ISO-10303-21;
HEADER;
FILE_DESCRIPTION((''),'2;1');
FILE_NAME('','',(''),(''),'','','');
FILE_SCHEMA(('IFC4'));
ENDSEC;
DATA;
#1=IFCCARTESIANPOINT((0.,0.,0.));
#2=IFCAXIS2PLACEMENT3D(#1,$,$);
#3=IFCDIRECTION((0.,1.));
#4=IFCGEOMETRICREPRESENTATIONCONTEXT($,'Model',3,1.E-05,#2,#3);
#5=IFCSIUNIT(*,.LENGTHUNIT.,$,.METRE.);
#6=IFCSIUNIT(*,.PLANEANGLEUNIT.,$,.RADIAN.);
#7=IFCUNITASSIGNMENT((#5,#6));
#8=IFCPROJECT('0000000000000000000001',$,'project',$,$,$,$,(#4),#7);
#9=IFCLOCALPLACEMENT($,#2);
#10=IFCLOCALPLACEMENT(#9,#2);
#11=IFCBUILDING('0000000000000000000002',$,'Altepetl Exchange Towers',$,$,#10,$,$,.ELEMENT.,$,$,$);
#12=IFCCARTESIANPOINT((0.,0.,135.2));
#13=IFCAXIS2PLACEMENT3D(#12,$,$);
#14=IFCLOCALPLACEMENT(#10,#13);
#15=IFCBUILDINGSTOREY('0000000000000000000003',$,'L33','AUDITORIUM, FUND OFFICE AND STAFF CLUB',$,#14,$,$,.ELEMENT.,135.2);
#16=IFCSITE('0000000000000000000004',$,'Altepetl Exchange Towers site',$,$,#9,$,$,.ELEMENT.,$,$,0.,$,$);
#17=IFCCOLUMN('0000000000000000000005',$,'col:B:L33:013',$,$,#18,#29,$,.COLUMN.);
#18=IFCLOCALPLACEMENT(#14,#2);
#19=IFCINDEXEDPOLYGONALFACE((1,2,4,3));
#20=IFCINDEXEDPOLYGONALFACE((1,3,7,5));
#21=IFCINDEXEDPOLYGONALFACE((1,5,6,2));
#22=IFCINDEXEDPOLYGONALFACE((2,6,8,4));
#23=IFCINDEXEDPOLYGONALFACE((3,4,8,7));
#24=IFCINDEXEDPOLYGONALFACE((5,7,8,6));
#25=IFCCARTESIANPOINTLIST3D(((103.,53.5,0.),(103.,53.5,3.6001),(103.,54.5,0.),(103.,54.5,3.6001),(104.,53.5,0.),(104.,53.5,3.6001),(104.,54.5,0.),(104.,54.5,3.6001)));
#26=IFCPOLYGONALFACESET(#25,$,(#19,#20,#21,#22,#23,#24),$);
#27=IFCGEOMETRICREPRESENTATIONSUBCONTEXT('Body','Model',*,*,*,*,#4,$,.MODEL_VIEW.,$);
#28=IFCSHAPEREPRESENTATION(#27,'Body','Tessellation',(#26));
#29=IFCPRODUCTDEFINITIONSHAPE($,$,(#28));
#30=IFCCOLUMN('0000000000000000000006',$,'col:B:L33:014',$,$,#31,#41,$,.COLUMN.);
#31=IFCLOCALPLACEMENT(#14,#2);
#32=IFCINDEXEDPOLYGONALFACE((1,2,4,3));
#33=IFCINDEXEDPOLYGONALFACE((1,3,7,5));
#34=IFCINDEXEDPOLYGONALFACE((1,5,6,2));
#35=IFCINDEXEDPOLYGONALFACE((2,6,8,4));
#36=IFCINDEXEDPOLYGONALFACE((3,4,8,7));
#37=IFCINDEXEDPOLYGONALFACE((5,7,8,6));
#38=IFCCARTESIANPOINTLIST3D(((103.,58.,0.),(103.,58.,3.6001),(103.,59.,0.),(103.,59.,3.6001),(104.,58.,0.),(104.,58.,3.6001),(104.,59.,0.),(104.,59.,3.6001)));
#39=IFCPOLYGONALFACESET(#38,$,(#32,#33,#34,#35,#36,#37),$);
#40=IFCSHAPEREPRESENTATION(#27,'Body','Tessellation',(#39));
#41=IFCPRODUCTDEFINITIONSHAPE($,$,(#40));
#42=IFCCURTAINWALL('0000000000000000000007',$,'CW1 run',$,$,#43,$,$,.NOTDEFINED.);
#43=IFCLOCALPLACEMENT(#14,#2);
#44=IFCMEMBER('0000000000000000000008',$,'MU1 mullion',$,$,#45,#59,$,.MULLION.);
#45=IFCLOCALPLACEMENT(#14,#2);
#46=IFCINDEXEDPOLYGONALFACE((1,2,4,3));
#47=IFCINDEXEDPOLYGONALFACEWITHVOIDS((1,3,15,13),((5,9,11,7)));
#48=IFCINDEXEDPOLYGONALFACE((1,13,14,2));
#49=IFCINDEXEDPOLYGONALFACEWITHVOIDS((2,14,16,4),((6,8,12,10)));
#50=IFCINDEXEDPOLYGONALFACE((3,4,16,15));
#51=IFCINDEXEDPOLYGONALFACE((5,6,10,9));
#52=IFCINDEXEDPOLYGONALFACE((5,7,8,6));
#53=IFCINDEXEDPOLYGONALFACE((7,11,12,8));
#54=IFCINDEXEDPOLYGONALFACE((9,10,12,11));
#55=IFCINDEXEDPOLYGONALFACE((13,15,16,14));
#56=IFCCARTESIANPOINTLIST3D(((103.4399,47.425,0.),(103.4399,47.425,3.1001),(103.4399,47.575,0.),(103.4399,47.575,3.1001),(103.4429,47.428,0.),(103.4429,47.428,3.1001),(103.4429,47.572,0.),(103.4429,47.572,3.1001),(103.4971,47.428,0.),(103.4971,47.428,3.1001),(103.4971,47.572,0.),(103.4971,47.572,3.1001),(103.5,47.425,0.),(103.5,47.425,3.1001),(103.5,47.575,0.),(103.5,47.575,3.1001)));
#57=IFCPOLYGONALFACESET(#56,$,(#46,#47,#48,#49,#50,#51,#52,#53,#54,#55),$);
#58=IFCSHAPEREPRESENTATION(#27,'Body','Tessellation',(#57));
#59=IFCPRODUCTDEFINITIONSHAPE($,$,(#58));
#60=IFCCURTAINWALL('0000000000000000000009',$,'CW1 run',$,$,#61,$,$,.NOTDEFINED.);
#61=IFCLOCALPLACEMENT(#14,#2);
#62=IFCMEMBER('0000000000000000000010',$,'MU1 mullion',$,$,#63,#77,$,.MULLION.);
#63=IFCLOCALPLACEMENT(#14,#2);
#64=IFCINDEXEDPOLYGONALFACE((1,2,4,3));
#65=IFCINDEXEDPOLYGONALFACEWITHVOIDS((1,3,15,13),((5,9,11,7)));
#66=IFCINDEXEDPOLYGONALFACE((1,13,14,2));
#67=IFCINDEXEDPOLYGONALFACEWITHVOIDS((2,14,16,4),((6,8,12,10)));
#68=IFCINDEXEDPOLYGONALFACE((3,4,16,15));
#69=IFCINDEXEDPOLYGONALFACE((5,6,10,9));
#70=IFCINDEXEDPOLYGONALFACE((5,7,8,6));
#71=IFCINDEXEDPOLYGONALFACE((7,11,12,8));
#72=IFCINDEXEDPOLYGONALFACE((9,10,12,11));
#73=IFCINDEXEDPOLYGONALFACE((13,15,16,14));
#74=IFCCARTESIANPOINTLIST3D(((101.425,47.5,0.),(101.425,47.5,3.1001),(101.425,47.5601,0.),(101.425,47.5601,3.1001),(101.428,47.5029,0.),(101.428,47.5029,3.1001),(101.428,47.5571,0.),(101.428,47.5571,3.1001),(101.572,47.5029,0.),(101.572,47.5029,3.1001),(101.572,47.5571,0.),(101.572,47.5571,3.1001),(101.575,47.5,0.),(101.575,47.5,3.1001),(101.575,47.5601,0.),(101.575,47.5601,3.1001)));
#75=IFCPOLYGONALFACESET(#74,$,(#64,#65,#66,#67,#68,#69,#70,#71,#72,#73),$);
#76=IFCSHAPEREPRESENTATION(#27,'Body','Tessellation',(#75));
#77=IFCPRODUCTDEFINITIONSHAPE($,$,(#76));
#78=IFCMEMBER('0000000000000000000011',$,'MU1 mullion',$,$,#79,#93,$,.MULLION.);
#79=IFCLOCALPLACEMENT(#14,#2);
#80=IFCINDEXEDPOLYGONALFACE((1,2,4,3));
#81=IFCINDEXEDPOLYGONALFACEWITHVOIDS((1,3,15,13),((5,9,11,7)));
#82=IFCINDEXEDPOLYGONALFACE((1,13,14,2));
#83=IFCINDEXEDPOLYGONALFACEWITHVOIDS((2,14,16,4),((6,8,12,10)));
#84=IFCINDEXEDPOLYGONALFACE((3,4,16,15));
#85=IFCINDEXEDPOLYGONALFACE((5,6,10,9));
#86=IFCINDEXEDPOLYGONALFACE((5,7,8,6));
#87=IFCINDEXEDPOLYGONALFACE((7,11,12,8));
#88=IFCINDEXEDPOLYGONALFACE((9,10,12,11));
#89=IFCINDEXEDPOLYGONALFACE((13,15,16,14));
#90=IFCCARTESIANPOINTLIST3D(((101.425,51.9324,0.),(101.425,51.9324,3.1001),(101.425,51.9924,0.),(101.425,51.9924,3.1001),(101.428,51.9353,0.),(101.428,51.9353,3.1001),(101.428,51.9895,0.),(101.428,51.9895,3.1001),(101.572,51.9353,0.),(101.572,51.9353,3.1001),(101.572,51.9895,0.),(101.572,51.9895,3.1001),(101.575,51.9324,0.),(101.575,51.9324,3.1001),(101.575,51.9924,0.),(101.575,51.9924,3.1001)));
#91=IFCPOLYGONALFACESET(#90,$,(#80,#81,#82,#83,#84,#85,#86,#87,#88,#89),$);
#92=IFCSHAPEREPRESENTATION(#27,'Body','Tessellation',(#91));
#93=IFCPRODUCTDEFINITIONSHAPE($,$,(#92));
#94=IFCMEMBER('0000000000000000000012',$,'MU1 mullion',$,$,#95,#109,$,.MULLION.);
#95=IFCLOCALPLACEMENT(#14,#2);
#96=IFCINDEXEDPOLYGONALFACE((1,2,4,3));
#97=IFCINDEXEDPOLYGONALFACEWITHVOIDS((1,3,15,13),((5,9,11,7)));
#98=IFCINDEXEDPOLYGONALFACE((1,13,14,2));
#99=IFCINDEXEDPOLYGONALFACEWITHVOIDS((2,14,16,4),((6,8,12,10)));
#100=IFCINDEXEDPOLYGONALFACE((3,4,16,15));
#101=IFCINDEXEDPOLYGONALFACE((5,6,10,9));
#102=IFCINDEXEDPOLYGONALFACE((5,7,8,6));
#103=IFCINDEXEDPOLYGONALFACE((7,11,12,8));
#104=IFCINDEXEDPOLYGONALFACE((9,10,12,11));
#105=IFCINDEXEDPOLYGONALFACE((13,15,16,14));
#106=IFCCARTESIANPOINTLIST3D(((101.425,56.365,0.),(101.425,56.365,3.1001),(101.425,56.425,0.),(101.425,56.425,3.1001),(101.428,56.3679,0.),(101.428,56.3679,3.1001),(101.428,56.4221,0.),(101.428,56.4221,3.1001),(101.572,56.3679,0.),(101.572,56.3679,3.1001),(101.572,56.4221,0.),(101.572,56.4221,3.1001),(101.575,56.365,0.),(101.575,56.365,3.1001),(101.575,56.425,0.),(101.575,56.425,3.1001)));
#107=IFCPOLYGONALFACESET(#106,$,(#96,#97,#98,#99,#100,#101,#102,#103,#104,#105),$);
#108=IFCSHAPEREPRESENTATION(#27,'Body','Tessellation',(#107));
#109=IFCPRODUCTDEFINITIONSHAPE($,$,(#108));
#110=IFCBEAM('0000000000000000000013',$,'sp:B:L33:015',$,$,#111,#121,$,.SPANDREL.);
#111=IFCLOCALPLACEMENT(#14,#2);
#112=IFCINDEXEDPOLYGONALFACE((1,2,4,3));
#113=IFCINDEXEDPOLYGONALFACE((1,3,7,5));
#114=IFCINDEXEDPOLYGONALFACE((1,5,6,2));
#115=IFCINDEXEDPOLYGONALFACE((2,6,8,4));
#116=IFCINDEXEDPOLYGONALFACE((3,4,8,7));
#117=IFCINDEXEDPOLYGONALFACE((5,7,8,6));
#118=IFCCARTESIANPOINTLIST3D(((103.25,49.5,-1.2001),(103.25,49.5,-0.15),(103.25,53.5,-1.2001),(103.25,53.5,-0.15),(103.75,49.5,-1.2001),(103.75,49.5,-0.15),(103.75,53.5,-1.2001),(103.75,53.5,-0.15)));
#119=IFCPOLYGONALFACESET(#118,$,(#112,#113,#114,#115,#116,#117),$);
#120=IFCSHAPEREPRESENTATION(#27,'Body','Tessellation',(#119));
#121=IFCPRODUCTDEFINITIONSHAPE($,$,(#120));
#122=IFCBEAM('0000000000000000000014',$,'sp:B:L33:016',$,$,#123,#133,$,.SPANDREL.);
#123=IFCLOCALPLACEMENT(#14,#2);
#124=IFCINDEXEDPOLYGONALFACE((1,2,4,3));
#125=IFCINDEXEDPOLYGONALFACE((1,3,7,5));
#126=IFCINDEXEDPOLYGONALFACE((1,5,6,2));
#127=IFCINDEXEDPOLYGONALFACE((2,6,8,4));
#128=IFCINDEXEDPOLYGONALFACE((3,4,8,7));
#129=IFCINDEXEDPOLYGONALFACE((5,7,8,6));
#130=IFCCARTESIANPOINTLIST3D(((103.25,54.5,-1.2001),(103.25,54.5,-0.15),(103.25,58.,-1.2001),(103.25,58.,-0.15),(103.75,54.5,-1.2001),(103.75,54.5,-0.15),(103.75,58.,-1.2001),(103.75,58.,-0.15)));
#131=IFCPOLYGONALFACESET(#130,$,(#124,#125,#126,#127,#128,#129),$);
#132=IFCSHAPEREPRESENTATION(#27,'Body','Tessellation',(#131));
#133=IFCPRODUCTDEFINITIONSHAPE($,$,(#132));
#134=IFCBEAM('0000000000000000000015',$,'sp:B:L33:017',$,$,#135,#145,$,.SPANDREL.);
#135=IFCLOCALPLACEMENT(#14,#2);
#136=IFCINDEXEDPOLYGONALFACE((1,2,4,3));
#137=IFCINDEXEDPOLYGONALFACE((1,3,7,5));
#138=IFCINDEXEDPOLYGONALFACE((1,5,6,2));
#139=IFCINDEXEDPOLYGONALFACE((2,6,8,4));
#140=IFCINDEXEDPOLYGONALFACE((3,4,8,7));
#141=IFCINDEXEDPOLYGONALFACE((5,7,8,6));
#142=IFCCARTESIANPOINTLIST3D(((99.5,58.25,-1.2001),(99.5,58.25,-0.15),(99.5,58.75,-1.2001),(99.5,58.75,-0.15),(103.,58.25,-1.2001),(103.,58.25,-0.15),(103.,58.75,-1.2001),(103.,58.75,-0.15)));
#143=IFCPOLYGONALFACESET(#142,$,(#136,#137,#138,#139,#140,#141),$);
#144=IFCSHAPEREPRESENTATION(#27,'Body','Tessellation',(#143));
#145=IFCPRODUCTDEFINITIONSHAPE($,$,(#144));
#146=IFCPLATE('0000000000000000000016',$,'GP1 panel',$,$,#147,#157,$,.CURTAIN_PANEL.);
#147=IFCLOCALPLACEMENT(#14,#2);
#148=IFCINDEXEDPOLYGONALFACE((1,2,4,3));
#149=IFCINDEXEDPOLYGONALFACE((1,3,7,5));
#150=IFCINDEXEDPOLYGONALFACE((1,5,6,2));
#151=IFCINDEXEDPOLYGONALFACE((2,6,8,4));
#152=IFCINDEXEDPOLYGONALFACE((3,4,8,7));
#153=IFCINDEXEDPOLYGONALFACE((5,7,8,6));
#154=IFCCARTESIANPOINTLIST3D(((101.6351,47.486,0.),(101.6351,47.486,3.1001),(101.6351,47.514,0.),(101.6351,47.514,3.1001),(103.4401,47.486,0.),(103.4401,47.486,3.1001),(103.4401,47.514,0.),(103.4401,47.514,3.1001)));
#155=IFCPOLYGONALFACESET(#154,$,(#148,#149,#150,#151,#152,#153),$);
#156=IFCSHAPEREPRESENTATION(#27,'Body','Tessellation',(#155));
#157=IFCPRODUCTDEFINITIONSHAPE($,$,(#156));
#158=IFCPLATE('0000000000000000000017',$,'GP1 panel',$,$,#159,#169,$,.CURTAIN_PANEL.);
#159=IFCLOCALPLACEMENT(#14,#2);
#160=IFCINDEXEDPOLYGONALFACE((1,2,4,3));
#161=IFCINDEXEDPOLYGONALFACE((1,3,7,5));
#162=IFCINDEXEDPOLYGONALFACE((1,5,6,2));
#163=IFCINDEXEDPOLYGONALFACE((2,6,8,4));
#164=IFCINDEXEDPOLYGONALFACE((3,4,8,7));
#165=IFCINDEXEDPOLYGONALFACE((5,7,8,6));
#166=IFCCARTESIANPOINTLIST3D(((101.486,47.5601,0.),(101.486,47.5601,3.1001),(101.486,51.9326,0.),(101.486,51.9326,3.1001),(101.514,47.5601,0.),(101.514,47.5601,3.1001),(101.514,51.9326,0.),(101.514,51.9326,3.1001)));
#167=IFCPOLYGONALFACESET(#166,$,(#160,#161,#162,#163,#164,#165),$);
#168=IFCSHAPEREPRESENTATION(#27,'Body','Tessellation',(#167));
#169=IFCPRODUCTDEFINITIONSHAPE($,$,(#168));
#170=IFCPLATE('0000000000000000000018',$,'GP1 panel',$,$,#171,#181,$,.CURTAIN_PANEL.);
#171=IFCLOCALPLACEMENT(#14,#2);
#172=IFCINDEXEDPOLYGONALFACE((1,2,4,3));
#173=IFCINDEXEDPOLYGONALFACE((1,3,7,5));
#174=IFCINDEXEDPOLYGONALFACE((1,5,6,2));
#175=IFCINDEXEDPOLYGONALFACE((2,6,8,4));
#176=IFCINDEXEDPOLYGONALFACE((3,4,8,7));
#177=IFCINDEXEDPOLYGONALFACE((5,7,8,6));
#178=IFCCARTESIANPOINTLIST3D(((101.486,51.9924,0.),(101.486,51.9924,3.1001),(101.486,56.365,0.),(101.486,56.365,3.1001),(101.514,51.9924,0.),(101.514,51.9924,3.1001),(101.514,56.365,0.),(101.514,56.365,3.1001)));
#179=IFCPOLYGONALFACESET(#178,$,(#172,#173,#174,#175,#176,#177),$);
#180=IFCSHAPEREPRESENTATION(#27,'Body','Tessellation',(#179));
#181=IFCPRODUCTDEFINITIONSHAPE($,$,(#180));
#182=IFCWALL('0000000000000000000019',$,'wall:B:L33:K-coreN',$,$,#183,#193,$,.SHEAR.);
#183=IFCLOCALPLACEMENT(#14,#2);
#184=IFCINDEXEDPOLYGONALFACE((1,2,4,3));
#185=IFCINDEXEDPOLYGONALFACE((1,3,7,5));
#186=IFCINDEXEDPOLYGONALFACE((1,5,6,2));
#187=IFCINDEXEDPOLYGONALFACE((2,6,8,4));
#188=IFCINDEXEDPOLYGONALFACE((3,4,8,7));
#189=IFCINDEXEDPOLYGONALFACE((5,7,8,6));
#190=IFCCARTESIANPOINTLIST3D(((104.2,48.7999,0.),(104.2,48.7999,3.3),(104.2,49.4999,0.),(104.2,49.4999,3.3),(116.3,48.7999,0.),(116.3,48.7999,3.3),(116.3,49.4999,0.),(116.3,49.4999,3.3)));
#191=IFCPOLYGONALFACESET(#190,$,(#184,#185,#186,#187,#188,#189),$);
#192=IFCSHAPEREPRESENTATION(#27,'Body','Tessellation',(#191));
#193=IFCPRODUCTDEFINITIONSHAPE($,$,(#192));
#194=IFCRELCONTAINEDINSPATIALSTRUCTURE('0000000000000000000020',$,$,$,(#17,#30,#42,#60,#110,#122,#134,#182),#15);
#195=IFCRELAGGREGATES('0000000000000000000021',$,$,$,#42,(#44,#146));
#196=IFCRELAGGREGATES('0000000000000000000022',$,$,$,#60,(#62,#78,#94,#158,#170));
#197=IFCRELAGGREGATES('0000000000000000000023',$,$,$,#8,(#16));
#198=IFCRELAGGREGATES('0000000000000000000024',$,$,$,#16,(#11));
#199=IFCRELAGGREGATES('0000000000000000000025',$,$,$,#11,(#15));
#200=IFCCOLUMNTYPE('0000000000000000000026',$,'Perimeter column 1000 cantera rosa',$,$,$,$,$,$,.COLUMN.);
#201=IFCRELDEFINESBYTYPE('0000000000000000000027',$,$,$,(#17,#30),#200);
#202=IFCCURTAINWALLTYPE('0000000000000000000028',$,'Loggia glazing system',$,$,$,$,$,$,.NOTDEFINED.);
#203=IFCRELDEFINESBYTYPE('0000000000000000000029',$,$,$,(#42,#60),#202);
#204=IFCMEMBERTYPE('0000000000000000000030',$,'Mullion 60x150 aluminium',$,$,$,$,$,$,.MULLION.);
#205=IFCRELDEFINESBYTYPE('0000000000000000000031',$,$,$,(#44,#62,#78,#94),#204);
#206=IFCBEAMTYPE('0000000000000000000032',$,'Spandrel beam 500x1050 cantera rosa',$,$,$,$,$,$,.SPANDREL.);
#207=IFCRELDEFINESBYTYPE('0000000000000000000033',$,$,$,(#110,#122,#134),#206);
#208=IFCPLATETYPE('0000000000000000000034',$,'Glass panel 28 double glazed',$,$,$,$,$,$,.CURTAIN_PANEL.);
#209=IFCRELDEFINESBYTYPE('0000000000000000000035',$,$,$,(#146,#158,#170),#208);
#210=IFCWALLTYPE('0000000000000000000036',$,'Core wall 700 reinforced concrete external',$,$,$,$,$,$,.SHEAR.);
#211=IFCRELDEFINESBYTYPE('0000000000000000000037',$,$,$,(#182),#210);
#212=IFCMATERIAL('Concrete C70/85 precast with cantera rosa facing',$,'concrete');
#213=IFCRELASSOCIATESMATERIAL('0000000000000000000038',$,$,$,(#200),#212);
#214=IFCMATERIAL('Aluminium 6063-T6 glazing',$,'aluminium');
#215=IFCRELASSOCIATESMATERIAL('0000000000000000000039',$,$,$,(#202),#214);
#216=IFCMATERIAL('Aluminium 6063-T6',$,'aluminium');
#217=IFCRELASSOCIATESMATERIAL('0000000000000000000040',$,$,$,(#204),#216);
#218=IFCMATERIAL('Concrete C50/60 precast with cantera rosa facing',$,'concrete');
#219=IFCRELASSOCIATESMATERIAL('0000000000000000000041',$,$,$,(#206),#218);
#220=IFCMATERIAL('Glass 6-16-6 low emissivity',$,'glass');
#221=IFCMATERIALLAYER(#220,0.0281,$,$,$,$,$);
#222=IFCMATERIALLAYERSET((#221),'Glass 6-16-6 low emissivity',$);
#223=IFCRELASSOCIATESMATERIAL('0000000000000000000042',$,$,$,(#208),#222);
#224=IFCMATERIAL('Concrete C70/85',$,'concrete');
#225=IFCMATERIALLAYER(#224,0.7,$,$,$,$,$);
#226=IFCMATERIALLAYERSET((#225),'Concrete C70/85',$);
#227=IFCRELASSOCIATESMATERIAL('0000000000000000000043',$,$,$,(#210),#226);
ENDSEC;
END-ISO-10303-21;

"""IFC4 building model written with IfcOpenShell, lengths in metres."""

from ifc_helpers import new_model, si_unit, direction, frame, frame_2d, origin, origin_2d, place, context, subcontext, project, spatial, rectangle, hollow_rectangle, extrude, material, layer, layer_set, material_profile, profile_set, type_object, element, aggregate, save


model = new_model("IFC4")

# Units and contexts
model_context = context("Model", 3, precision=1e-05, world=origin(), true_north=direction((0.0, 1.0)))
body_context = subcontext(model_context, "Body", "Model", "MODEL_VIEW")
ifc_project = project(units=[si_unit("LENGTHUNIT", "METRE"), si_unit("PLANEANGLEUNIT", "RADIAN")], contexts=[model_context])

# Site, building, storey
site_placement = place(None, origin())
site = spatial("IfcSite", under=ifc_project, at=site_placement, Name="Altepetl Exchange Towers site", CompositionType="ELEMENT", RefElevation=0.0)
building_placement = place(site_placement, origin())
building = spatial("IfcBuilding", under=site, at=building_placement, Name="Altepetl Exchange Towers", CompositionType="ELEMENT")
storey_placement = place(building_placement, frame((0.0, 0.0, 135.2)))
storey = spatial("IfcBuildingStorey", under=building, at=storey_placement, Name="L33", Description="AUDITORIUM, FUND OFFICE AND STAFF CLUB", CompositionType="ELEMENT", Elevation=135.2)

# Columns
ifc_material_1 = material(Name="Concrete C70/85 precast with cantera rosa facing", Category="concrete")
ifc_material_profile_1 = material_profile(ifc_material_1, rectangle(XDim=1.0, YDim=1.0, at=origin_2d()), Name="1000 x 1000")
ifc_profile_set_1 = profile_set([ifc_material_profile_1], Name="Concrete C70/85 precast with cantera rosa facing")
column_type = type_object("IfcColumnType", Name="Perimeter column 1000 cantera rosa", PredefinedType="COLUMN", material=ifc_profile_set_1)
for number, where, name in (
    (1, (103.5, 54.0, 0.0), "col:B:L33:013"),
    (2, (103.5, 58.5, 0.0), "col:B:L33:014"),
):
    element("IfcColumn", number, at=place(storey_placement, frame(where)), inside=storey, type_object=column_type, Name=name, PredefinedType="COLUMN", context=body_context, shape_type="SweptSolid", body=[
        extrude(rectangle(XDim=1.0, YDim=1.0, at=origin_2d()), origin(), (0.0, 0.0, 1.0), 3.6001),
    ])

# Curtain wall, member
ifc_material_2 = material(Name="Aluminium 6063-T6 glazing", Category="aluminium")
curtain_wall_type = type_object("IfcCurtainWallType", Name="Loggia glazing system", PredefinedType="NOTDEFINED", material=ifc_material_2)
curtain_wall_1_placement = place(storey_placement, origin())
curtain_wall_1 = element("IfcCurtainWall", 3, at=curtain_wall_1_placement, inside=storey, type_object=curtain_wall_type, Name="CW1 run", PredefinedType="NOTDEFINED")
ifc_material_3 = material(Name="Aluminium 6063-T6", Category="aluminium")
ifc_material_profile_2 = material_profile(ifc_material_3, hollow_rectangle(XDim=0.0601, YDim=0.1499, WallThickness=0.0029, at=origin_2d()), Name="Mullion 60x150 aluminium")
ifc_profile_set_2 = profile_set([ifc_material_profile_2], Name="Aluminium 6063-T6")
member_type = type_object("IfcMemberType", Name="Mullion 60x150 aluminium", PredefinedType="MULLION", material=ifc_profile_set_2)
member_1_placement = place(storey_placement, frame((103.47, 47.5, 0.0), z_axis=(0.0, 0.0, 1.0), x_axis=(-1.0, 0.0, 0.0)))
member_1 = element("IfcMember", 4, at=member_1_placement, type_object=member_type, Name="MU1 mullion", PredefinedType="MULLION", context=body_context, shape_type="SweptSolid", body=[
    extrude(hollow_rectangle(XDim=0.0601, YDim=0.1499, WallThickness=0.0029, at=origin_2d()), origin(), (0.0, 0.0, 1.0), 3.1001),
])

# Curtain wall, members
curtain_wall_2_placement = place(storey_placement, origin())
curtain_wall_2 = element("IfcCurtainWall", 5, at=curtain_wall_2_placement, inside=storey, type_object=curtain_wall_type, Name="CW1 run", PredefinedType="NOTDEFINED")
member_2_placement = place(storey_placement, frame((101.5, 47.53, 0.0), z_axis=(0.0, 0.0, 1.0), x_axis=(0.0, 1.0, 0.0)))
member_2 = element("IfcMember", 6, at=member_2_placement, type_object=member_type, Name="MU1 mullion", PredefinedType="MULLION", context=body_context, shape_type="SweptSolid", body=[
    extrude(hollow_rectangle(XDim=0.0601, YDim=0.1499, WallThickness=0.0029, at=origin_2d()), origin(), (0.0, 0.0, 1.0), 3.1001),
])
member_3_placement = place(storey_placement, frame((101.5, 51.9624, 0.0), z_axis=(0.0, 0.0, 1.0), x_axis=(0.0, 1.0, 0.0)))
member_3 = element("IfcMember", 7, at=member_3_placement, type_object=member_type, Name="MU1 mullion", PredefinedType="MULLION", context=body_context, shape_type="SweptSolid", body=[
    extrude(hollow_rectangle(XDim=0.0601, YDim=0.1499, WallThickness=0.0029, at=origin_2d()), origin(), (0.0, 0.0, 1.0), 3.1001),
])
member_4_placement = place(storey_placement, frame((101.5, 56.395, 0.0), z_axis=(0.0, 0.0, 1.0), x_axis=(0.0, 1.0, 0.0)))
member_4 = element("IfcMember", 8, at=member_4_placement, type_object=member_type, Name="MU1 mullion", PredefinedType="MULLION", context=body_context, shape_type="SweptSolid", body=[
    extrude(hollow_rectangle(XDim=0.0601, YDim=0.1499, WallThickness=0.0029, at=origin_2d()), origin(), (0.0, 0.0, 1.0), 3.1001),
])

# Beams
ifc_material_4 = material(Name="Concrete C50/60 precast with cantera rosa facing", Category="concrete")
ifc_material_profile_3 = material_profile(ifc_material_4, rectangle(XDim=0.5, YDim=1.05, at=origin_2d()), Name="500 x 1050")
ifc_profile_set_3 = profile_set([ifc_material_profile_3], Name="Concrete C50/60 precast with cantera rosa facing")
beam_type = type_object("IfcBeamType", Name="Spandrel beam 500x1050 cantera rosa", PredefinedType="SPANDREL", material=ifc_profile_set_3)
beam_placement = place(storey_placement, frame((103.5, 49.5, -0.675), z_axis=(0.0, 1.0, 0.0), x_axis=(-1.0, 0.0, 0.0)))
element("IfcBeam", 9, at=beam_placement, inside=storey, type_object=beam_type, Name="sp:B:L33:015", PredefinedType="SPANDREL", context=body_context, shape_type="SweptSolid", body=[
    extrude(rectangle(XDim=0.5, YDim=1.05, at=origin_2d()), origin(), (0.0, 0.0, 1.0), 4.0),
])
for number, where, z_axis, x_axis, name in (
    (10, (103.5, 54.5, -0.675), (0.0, 1.0, 0.0), (-1.0, 0.0, 0.0), "sp:B:L33:016"),
    (11, (103.0, 58.5, -0.675), (-1.0, 0.0, 0.0), (0.0, -1.0, 0.0), "sp:B:L33:017"),
):
    element("IfcBeam", number, at=place(storey_placement, frame(where, z_axis=z_axis, x_axis=x_axis)), inside=storey, type_object=beam_type, Name=name, PredefinedType="SPANDREL", context=body_context, shape_type="SweptSolid", body=[
        extrude(rectangle(XDim=0.5, YDim=1.05, at=origin_2d()), origin(), (0.0, 0.0, 1.0), 3.5),
    ])

# Plates
ifc_material_5 = material(Name="Glass 6-16-6 low emissivity", Category="glass")
ifc_layer_1 = layer(ifc_material_5, 0.0281)
ifc_layer_set_1 = layer_set([ifc_layer_1], Name="Glass 6-16-6 low emissivity")
plate_type = type_object("IfcPlateType", Name="Glass panel 28 double glazed", PredefinedType="CURTAIN_PANEL", material=ifc_layer_set_1)
plate_1_placement = place(storey_placement, frame((102.5376, 47.5, 0.0), z_axis=(0.0, 0.0, 1.0), x_axis=(-1.0, 0.0, 0.0)))
plate_1 = element("IfcPlate", 12, at=plate_1_placement, type_object=plate_type, Name="GP1 panel", PredefinedType="CURTAIN_PANEL", context=body_context, shape_type="SweptSolid", body=[
    extrude(rectangle(XDim=1.8049, YDim=0.0281, at=origin_2d()), origin(), (0.0, 0.0, 1.0), 3.1001),
])
aggregate(curtain_wall_1, [member_1, plate_1])
plate_2_placement = place(storey_placement, frame((101.5, 49.7463, 0.0), z_axis=(0.0, 0.0, 1.0), x_axis=(0.0, 1.0, 0.0)))
plate_2 = element("IfcPlate", 13, at=plate_2_placement, type_object=plate_type, Name="GP1 panel", PredefinedType="CURTAIN_PANEL", context=body_context, shape_type="SweptSolid", body=[
    extrude(rectangle(XDim=4.3726, YDim=0.0281, at=origin_2d()), origin(), (0.0, 0.0, 1.0), 3.1001),
])
plate_3_placement = place(storey_placement, frame((101.5, 54.1787, 0.0), z_axis=(0.0, 0.0, 1.0), x_axis=(0.0, 1.0, 0.0)))
plate_3 = element("IfcPlate", 14, at=plate_3_placement, type_object=plate_type, Name="GP1 panel", PredefinedType="CURTAIN_PANEL", context=body_context, shape_type="SweptSolid", body=[
    extrude(rectangle(XDim=4.3726, YDim=0.0281, at=origin_2d()), origin(), (0.0, 0.0, 1.0), 3.1001),
])
aggregate(curtain_wall_2, [member_2, member_3, member_4, plate_2, plate_3])

# Wall
ifc_material_6 = material(Name="Concrete C70/85", Category="concrete")
ifc_layer_2 = layer(ifc_material_6, 0.7)
ifc_layer_set_2 = layer_set([ifc_layer_2], Name="Concrete C70/85")
wall_type_1 = type_object("IfcWallType", Name="Core wall 700 reinforced concrete external", PredefinedType="SHEAR", material=ifc_layer_set_2)
wall_1_placement = place(storey_placement, frame((104.2, 49.1499, 0.0)))
element("IfcWall", 15, at=wall_1_placement, inside=storey, type_object=wall_type_1, Name="wall:B:L33:K-coreN", PredefinedType="SHEAR", context=body_context, shape_type="SweptSolid", body=[
    extrude(rectangle(XDim=12.1001, YDim=0.7, at=frame_2d((6.05, 0.0))), origin(), (0.0, 0.0, 1.0), 3.3),
])

save(model, "model.ifc")
